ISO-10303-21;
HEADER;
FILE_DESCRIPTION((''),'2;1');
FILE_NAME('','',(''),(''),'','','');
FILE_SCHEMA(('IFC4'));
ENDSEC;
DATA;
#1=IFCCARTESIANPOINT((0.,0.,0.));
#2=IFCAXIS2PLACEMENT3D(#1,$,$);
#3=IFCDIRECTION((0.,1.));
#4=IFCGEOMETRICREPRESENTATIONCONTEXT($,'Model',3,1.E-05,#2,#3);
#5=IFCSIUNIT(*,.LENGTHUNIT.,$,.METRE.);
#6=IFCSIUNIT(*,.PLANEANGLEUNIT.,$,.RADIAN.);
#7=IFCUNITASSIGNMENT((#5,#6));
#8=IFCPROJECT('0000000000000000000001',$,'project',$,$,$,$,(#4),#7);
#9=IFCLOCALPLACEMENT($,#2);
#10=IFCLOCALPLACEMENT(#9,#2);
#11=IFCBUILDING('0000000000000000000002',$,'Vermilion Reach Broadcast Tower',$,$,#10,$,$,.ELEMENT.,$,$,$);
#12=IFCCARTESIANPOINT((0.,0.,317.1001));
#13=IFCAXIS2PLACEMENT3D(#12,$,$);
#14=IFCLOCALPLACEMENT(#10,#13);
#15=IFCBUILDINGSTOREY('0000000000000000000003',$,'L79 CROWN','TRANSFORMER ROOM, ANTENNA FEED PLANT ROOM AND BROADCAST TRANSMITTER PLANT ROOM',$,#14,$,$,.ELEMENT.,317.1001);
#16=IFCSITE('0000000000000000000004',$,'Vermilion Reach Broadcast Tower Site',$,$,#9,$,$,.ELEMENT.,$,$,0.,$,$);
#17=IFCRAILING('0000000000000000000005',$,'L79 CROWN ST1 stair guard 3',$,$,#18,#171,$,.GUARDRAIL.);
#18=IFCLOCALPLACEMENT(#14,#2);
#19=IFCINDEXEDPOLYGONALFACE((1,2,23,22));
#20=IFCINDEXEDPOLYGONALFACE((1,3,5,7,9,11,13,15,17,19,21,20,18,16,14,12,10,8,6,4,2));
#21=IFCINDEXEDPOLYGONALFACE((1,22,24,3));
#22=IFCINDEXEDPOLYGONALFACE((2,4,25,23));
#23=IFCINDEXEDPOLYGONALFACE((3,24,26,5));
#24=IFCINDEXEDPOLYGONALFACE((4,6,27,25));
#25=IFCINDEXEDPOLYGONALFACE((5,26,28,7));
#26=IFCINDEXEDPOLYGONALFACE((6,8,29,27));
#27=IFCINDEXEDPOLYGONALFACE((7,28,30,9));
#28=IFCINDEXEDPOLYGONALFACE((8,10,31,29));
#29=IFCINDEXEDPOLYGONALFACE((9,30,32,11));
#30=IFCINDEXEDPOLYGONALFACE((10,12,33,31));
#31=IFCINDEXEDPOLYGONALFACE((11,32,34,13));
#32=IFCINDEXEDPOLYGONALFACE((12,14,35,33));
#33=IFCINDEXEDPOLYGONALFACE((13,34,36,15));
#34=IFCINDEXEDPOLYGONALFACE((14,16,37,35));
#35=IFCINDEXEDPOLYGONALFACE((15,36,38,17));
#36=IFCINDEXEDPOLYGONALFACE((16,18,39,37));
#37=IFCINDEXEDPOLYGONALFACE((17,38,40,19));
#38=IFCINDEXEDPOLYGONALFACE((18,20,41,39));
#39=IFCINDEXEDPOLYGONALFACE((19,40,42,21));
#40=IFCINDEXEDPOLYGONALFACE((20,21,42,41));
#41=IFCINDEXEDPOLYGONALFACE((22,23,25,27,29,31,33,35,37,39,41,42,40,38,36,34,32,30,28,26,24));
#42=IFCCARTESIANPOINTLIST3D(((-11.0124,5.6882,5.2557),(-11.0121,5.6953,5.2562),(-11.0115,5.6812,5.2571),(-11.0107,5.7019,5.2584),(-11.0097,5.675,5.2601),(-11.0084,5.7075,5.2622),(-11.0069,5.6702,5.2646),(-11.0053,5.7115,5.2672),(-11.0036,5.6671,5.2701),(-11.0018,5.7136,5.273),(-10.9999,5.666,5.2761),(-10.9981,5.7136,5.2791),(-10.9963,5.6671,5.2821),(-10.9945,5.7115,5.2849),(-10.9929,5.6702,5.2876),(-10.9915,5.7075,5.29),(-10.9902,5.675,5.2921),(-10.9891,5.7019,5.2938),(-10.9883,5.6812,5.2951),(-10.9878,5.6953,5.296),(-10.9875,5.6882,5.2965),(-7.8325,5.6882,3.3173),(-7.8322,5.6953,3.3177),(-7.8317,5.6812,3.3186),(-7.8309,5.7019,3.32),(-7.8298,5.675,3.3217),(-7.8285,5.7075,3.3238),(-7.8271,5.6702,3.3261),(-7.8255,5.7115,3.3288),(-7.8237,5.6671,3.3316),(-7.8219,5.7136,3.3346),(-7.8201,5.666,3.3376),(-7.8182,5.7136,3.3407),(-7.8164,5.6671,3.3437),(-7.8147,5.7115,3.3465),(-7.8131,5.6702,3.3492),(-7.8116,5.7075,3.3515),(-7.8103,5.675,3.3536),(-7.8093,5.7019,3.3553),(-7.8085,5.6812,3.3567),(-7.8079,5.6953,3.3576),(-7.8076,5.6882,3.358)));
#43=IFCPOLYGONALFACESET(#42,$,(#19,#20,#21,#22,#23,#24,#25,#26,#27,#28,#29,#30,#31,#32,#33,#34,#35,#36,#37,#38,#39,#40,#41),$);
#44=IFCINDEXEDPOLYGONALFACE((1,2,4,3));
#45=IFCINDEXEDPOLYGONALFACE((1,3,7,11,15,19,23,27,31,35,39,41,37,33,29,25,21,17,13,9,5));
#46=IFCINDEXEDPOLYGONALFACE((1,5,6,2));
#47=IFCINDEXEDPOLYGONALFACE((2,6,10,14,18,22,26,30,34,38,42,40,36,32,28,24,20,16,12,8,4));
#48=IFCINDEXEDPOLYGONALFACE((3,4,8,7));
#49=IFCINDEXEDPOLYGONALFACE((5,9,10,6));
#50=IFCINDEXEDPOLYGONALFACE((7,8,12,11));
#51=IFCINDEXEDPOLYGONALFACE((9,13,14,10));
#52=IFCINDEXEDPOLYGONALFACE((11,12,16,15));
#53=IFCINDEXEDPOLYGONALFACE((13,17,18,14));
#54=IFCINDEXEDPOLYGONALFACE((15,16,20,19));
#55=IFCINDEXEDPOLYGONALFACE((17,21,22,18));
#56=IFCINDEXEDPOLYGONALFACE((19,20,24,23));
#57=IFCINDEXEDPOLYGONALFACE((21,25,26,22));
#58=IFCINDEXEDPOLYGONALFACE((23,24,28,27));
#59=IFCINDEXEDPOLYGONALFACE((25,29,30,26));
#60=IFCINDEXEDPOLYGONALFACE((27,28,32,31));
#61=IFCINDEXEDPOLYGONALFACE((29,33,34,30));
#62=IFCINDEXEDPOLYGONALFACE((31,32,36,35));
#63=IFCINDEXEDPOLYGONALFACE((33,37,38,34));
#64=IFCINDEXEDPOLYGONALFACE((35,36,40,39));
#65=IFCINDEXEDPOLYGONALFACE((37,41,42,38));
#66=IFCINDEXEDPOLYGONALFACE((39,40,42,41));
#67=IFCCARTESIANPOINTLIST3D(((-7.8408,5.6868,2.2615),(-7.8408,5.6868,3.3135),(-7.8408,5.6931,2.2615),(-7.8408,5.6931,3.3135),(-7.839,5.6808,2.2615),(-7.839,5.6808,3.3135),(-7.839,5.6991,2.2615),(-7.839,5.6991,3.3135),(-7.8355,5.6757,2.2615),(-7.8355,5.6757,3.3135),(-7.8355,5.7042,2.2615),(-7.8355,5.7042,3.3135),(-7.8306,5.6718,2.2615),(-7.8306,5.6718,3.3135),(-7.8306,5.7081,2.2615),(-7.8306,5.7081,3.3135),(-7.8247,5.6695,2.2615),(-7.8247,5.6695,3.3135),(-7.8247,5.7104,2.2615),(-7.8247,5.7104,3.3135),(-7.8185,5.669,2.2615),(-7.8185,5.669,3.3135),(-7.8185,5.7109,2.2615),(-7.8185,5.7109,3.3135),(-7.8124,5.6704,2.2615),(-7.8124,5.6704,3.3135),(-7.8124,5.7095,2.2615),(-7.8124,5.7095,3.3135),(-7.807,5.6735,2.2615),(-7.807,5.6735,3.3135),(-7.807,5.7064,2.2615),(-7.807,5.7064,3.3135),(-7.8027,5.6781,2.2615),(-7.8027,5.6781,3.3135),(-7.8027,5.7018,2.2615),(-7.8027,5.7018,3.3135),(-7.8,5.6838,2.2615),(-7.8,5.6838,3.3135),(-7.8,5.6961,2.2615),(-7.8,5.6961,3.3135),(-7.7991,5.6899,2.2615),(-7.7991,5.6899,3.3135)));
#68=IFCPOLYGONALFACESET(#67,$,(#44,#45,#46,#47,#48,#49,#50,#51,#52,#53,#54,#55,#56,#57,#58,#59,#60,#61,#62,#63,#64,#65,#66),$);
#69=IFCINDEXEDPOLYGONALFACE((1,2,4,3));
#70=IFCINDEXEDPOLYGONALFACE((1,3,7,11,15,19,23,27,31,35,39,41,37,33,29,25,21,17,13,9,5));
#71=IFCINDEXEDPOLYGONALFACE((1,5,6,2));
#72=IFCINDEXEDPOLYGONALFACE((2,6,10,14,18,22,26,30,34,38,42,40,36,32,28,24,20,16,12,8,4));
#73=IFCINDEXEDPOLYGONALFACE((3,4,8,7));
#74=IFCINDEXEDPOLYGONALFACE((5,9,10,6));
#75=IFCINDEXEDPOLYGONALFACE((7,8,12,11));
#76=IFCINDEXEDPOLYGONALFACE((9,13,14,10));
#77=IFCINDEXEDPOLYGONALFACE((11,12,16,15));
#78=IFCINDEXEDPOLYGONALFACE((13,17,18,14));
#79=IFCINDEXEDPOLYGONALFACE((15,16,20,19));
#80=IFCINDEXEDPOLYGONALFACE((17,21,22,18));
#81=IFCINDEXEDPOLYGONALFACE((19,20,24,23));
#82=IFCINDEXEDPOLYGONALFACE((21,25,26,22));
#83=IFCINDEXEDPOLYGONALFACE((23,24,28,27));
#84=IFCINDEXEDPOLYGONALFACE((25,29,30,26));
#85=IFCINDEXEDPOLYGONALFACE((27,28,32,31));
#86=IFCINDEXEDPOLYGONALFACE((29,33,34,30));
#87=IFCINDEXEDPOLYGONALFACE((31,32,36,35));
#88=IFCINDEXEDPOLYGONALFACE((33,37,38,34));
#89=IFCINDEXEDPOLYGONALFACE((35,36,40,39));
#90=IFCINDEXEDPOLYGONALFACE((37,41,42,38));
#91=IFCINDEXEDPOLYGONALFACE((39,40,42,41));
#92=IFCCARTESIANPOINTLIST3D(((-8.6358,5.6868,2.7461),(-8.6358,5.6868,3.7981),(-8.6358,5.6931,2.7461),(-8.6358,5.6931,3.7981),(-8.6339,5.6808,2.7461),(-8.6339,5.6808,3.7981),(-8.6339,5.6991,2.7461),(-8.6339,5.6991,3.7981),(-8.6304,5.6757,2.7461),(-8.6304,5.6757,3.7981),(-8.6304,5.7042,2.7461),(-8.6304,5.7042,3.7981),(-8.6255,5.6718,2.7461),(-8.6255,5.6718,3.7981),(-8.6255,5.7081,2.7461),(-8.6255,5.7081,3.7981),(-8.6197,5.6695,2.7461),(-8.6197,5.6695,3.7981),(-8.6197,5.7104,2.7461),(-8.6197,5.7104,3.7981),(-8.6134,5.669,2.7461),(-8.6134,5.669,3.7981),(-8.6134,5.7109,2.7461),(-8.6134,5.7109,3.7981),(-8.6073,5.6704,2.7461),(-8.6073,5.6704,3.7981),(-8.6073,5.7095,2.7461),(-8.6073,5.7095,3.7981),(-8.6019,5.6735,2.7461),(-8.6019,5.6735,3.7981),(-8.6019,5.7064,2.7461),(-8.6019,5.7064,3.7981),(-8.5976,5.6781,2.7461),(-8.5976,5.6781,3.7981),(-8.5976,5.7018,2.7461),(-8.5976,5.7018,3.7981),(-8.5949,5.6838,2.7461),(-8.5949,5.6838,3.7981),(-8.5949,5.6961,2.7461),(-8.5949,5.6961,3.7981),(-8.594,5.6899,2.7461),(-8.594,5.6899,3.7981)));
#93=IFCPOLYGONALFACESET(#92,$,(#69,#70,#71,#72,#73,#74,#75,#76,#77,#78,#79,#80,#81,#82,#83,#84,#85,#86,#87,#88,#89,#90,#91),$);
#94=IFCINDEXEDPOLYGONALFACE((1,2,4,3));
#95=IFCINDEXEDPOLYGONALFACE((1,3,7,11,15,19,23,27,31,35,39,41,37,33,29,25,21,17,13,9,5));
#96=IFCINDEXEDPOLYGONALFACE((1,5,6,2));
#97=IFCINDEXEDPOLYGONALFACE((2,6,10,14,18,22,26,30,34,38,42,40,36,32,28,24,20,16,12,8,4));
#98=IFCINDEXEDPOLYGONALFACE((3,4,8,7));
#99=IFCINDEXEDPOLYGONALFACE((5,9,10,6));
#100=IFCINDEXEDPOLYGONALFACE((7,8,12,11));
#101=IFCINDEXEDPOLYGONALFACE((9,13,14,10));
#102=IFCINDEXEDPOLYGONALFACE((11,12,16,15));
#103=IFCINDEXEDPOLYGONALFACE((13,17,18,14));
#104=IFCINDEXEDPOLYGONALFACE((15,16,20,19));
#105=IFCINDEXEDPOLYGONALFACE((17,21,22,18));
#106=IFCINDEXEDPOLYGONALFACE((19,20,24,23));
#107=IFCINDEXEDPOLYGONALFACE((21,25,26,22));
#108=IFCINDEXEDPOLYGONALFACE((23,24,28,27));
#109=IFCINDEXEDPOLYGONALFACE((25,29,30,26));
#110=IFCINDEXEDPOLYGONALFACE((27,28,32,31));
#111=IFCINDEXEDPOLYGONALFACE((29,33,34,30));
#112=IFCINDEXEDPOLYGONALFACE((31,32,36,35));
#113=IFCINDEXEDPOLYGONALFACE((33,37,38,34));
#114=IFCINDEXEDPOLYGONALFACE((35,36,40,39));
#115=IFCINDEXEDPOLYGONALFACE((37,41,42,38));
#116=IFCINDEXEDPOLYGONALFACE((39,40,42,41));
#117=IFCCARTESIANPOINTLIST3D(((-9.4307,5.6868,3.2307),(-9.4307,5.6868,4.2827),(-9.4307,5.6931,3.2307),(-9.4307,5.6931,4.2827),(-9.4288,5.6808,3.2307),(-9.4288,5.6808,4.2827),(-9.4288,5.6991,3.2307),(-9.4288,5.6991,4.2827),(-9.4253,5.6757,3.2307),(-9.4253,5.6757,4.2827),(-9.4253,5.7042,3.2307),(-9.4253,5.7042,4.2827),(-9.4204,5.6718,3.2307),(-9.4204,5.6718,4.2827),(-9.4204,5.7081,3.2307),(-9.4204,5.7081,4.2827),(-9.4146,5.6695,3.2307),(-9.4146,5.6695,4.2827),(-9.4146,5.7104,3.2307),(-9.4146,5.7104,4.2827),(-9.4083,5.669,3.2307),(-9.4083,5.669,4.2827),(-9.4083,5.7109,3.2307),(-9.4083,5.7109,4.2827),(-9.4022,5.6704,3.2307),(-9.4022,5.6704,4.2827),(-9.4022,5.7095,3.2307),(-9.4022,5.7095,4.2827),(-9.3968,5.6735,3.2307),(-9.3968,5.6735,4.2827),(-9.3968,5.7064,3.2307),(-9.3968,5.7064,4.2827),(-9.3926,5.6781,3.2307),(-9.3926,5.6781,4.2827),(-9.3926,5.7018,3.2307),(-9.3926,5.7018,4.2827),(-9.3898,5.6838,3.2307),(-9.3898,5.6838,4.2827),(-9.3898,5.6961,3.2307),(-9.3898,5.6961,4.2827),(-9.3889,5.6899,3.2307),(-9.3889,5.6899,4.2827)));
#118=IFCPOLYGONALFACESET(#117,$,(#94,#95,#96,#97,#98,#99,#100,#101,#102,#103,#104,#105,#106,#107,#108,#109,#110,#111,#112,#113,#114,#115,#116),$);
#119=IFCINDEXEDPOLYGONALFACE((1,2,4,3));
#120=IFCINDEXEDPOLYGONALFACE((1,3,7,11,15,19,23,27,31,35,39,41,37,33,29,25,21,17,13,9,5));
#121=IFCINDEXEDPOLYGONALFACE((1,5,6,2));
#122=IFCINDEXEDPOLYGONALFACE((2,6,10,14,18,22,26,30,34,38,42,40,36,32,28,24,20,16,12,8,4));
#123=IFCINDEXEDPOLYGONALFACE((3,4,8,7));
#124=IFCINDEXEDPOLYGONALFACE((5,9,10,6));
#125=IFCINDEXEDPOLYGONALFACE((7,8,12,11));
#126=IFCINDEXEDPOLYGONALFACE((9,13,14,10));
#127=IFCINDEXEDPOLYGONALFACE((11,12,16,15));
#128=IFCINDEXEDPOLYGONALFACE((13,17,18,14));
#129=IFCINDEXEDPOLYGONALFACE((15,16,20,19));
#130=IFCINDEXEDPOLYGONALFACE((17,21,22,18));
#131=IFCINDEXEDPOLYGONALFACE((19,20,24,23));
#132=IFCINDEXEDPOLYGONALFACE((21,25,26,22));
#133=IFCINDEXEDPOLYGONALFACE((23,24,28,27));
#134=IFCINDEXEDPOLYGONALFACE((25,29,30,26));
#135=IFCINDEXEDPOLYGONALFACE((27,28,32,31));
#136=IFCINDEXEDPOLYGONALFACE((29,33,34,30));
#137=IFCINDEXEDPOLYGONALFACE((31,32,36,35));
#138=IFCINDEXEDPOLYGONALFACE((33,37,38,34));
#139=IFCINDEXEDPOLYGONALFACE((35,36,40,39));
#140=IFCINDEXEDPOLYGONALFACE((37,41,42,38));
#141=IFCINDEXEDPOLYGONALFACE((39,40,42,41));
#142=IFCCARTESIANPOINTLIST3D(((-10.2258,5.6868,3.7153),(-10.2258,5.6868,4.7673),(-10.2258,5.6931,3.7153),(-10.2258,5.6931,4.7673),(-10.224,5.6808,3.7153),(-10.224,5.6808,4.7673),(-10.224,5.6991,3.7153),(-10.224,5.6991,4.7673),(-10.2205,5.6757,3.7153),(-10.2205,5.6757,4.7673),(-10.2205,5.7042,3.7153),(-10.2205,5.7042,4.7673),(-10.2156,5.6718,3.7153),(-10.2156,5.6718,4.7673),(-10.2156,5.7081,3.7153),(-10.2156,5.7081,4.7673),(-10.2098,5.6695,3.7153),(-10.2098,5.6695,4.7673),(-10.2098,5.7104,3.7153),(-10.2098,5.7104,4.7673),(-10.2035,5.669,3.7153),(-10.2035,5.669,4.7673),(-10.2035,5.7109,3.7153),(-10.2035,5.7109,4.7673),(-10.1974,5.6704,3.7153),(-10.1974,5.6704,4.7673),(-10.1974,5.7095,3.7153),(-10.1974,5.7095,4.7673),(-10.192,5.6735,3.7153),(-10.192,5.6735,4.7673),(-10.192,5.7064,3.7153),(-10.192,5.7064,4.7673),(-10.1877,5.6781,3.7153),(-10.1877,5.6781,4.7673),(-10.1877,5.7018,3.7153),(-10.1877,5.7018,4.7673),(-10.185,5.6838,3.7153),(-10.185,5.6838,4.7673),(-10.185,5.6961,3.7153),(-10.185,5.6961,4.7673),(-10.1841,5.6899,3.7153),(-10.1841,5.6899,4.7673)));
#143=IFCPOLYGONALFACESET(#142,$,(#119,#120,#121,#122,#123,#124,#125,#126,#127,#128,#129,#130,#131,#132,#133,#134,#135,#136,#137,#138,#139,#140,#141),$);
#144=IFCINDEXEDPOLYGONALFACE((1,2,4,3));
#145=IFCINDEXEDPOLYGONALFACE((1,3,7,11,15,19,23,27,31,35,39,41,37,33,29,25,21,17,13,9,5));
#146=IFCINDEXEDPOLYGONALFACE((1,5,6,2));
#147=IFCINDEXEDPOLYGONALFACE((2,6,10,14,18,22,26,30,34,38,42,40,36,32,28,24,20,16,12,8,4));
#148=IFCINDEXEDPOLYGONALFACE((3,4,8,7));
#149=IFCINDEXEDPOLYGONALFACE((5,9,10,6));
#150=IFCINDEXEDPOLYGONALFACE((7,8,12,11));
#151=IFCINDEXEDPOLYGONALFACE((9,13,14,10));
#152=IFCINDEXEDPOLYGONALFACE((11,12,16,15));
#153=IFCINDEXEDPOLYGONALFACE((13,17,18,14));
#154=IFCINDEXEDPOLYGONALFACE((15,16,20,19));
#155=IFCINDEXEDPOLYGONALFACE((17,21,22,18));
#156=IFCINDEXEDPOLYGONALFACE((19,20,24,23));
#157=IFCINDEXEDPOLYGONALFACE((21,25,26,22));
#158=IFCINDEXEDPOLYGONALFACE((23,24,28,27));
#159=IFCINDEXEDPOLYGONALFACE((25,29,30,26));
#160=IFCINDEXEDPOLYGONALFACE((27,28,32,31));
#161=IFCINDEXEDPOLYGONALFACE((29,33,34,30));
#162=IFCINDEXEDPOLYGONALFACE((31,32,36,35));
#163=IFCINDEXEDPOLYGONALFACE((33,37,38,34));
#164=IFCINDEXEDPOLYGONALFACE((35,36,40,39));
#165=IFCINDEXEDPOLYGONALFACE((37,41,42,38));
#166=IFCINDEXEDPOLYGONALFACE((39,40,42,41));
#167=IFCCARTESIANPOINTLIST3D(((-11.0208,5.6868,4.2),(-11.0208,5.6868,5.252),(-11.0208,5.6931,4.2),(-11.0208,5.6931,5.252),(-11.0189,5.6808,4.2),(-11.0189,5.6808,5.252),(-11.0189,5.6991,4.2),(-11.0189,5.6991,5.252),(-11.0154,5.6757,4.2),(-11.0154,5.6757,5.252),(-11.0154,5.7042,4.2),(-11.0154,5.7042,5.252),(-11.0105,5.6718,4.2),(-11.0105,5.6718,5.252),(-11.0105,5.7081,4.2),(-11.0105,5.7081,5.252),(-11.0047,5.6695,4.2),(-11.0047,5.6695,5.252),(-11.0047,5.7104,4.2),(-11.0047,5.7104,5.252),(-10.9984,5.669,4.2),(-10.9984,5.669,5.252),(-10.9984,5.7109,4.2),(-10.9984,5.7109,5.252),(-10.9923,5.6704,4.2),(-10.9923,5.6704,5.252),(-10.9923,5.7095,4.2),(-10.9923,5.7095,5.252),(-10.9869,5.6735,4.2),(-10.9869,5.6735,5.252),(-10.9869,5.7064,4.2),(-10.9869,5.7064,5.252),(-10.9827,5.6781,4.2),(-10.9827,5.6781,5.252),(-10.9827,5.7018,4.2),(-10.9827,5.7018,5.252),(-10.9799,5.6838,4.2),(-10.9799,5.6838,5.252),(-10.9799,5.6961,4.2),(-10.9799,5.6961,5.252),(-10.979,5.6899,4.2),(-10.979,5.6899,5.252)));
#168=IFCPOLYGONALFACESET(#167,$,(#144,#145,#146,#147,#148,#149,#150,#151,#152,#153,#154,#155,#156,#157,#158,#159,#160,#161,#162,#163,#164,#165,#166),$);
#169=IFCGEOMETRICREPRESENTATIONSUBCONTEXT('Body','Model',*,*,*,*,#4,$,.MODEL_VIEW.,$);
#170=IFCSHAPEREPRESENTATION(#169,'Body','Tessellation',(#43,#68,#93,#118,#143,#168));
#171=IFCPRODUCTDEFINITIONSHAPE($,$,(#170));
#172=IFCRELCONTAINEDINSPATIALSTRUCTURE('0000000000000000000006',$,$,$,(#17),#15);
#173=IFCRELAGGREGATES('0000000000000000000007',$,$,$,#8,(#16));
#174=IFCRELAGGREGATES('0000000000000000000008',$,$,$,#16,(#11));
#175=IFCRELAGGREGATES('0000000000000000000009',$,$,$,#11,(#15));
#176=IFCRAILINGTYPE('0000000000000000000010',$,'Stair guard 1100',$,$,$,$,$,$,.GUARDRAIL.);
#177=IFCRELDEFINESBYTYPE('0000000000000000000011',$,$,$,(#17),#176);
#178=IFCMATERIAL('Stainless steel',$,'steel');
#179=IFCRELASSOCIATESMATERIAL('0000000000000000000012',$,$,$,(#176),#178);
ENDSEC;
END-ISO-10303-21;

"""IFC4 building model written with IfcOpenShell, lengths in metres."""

from ifc_helpers import new_model, si_unit, direction, frame, origin, origin_2d, place, context, subcontext, project, spatial, circle, extrude, material, type_object, element, save


model = new_model("IFC4")

# Units and contexts
model_context = context("Model", 3, precision=1e-05, world=origin(), true_north=direction((0.0, 1.0)))
body_context = subcontext(model_context, "Body", "Model", "MODEL_VIEW")
ifc_project = project(units=[si_unit("LENGTHUNIT", "METRE"), si_unit("PLANEANGLEUNIT", "RADIAN")], contexts=[model_context])

# Site, building, storey
site_placement = place(None, origin())
site = spatial("IfcSite", under=ifc_project, at=site_placement, Name="Vermilion Reach Broadcast Tower Site", CompositionType="ELEMENT", RefElevation=0.0)
building_placement = place(site_placement, origin())
building = spatial("IfcBuilding", under=site, at=building_placement, Name="Vermilion Reach Broadcast Tower", CompositionType="ELEMENT")
storey_placement = place(building_placement, frame((0.0, 0.0, 317.1001)))
storey = spatial("IfcBuildingStorey", under=building, at=storey_placement, Name="L79 CROWN", Description="TRANSFORMER ROOM, ANTENNA FEED PLANT ROOM AND BROADCAST TRANSMITTER PLANT ROOM", CompositionType="ELEMENT", Elevation=317.1001)

# Railing
ifc_material_1 = material(Name="Stainless steel", Category="steel")
railing_type_1 = type_object("IfcRailingType", Name="Stair guard 1100", PredefinedType="GUARDRAIL", material=ifc_material_1)
railing_1_placement = place(storey_placement, frame((-7.8201, 5.6899, 2.2615)))
element("IfcRailing", 1, at=railing_1_placement, inside=storey, type_object=railing_type_1, Name="L79 CROWN ST1 stair guard 3", PredefinedType="GUARDRAIL", context=body_context, shape_type="SweptSolid", body=[
    extrude(circle(Radius=0.0239, at=origin_2d()), frame((0.0, 0.0, 1.0762), z_axis=(-0.853857, 0.0, 0.520508), x_axis=(0.0, -1.0, 0.0)), (0.0, 0.0, 1.0), 3.7241),
    extrude(circle(Radius=0.021, at=origin_2d()), origin(), (0.0, 0.0, 1.0), 1.052),
    extrude(circle(Radius=0.021, at=origin_2d()), frame((-0.7949, 0.0, 0.4846)), (0.0, 0.0, 1.0), 1.052),
    extrude(circle(Radius=0.021, at=origin_2d()), frame((-1.5898, 0.0, 0.9692)), (0.0, 0.0, 1.0), 1.052),
    extrude(circle(Radius=0.021, at=origin_2d()), frame((-2.385, 0.0, 1.4539)), (0.0, 0.0, 1.0), 1.052),
    extrude(circle(Radius=0.021, at=origin_2d()), frame((-3.1799, 0.0, 1.9385)), (0.0, 0.0, 1.0), 1.052),
])

save(model, "model.ifc")
